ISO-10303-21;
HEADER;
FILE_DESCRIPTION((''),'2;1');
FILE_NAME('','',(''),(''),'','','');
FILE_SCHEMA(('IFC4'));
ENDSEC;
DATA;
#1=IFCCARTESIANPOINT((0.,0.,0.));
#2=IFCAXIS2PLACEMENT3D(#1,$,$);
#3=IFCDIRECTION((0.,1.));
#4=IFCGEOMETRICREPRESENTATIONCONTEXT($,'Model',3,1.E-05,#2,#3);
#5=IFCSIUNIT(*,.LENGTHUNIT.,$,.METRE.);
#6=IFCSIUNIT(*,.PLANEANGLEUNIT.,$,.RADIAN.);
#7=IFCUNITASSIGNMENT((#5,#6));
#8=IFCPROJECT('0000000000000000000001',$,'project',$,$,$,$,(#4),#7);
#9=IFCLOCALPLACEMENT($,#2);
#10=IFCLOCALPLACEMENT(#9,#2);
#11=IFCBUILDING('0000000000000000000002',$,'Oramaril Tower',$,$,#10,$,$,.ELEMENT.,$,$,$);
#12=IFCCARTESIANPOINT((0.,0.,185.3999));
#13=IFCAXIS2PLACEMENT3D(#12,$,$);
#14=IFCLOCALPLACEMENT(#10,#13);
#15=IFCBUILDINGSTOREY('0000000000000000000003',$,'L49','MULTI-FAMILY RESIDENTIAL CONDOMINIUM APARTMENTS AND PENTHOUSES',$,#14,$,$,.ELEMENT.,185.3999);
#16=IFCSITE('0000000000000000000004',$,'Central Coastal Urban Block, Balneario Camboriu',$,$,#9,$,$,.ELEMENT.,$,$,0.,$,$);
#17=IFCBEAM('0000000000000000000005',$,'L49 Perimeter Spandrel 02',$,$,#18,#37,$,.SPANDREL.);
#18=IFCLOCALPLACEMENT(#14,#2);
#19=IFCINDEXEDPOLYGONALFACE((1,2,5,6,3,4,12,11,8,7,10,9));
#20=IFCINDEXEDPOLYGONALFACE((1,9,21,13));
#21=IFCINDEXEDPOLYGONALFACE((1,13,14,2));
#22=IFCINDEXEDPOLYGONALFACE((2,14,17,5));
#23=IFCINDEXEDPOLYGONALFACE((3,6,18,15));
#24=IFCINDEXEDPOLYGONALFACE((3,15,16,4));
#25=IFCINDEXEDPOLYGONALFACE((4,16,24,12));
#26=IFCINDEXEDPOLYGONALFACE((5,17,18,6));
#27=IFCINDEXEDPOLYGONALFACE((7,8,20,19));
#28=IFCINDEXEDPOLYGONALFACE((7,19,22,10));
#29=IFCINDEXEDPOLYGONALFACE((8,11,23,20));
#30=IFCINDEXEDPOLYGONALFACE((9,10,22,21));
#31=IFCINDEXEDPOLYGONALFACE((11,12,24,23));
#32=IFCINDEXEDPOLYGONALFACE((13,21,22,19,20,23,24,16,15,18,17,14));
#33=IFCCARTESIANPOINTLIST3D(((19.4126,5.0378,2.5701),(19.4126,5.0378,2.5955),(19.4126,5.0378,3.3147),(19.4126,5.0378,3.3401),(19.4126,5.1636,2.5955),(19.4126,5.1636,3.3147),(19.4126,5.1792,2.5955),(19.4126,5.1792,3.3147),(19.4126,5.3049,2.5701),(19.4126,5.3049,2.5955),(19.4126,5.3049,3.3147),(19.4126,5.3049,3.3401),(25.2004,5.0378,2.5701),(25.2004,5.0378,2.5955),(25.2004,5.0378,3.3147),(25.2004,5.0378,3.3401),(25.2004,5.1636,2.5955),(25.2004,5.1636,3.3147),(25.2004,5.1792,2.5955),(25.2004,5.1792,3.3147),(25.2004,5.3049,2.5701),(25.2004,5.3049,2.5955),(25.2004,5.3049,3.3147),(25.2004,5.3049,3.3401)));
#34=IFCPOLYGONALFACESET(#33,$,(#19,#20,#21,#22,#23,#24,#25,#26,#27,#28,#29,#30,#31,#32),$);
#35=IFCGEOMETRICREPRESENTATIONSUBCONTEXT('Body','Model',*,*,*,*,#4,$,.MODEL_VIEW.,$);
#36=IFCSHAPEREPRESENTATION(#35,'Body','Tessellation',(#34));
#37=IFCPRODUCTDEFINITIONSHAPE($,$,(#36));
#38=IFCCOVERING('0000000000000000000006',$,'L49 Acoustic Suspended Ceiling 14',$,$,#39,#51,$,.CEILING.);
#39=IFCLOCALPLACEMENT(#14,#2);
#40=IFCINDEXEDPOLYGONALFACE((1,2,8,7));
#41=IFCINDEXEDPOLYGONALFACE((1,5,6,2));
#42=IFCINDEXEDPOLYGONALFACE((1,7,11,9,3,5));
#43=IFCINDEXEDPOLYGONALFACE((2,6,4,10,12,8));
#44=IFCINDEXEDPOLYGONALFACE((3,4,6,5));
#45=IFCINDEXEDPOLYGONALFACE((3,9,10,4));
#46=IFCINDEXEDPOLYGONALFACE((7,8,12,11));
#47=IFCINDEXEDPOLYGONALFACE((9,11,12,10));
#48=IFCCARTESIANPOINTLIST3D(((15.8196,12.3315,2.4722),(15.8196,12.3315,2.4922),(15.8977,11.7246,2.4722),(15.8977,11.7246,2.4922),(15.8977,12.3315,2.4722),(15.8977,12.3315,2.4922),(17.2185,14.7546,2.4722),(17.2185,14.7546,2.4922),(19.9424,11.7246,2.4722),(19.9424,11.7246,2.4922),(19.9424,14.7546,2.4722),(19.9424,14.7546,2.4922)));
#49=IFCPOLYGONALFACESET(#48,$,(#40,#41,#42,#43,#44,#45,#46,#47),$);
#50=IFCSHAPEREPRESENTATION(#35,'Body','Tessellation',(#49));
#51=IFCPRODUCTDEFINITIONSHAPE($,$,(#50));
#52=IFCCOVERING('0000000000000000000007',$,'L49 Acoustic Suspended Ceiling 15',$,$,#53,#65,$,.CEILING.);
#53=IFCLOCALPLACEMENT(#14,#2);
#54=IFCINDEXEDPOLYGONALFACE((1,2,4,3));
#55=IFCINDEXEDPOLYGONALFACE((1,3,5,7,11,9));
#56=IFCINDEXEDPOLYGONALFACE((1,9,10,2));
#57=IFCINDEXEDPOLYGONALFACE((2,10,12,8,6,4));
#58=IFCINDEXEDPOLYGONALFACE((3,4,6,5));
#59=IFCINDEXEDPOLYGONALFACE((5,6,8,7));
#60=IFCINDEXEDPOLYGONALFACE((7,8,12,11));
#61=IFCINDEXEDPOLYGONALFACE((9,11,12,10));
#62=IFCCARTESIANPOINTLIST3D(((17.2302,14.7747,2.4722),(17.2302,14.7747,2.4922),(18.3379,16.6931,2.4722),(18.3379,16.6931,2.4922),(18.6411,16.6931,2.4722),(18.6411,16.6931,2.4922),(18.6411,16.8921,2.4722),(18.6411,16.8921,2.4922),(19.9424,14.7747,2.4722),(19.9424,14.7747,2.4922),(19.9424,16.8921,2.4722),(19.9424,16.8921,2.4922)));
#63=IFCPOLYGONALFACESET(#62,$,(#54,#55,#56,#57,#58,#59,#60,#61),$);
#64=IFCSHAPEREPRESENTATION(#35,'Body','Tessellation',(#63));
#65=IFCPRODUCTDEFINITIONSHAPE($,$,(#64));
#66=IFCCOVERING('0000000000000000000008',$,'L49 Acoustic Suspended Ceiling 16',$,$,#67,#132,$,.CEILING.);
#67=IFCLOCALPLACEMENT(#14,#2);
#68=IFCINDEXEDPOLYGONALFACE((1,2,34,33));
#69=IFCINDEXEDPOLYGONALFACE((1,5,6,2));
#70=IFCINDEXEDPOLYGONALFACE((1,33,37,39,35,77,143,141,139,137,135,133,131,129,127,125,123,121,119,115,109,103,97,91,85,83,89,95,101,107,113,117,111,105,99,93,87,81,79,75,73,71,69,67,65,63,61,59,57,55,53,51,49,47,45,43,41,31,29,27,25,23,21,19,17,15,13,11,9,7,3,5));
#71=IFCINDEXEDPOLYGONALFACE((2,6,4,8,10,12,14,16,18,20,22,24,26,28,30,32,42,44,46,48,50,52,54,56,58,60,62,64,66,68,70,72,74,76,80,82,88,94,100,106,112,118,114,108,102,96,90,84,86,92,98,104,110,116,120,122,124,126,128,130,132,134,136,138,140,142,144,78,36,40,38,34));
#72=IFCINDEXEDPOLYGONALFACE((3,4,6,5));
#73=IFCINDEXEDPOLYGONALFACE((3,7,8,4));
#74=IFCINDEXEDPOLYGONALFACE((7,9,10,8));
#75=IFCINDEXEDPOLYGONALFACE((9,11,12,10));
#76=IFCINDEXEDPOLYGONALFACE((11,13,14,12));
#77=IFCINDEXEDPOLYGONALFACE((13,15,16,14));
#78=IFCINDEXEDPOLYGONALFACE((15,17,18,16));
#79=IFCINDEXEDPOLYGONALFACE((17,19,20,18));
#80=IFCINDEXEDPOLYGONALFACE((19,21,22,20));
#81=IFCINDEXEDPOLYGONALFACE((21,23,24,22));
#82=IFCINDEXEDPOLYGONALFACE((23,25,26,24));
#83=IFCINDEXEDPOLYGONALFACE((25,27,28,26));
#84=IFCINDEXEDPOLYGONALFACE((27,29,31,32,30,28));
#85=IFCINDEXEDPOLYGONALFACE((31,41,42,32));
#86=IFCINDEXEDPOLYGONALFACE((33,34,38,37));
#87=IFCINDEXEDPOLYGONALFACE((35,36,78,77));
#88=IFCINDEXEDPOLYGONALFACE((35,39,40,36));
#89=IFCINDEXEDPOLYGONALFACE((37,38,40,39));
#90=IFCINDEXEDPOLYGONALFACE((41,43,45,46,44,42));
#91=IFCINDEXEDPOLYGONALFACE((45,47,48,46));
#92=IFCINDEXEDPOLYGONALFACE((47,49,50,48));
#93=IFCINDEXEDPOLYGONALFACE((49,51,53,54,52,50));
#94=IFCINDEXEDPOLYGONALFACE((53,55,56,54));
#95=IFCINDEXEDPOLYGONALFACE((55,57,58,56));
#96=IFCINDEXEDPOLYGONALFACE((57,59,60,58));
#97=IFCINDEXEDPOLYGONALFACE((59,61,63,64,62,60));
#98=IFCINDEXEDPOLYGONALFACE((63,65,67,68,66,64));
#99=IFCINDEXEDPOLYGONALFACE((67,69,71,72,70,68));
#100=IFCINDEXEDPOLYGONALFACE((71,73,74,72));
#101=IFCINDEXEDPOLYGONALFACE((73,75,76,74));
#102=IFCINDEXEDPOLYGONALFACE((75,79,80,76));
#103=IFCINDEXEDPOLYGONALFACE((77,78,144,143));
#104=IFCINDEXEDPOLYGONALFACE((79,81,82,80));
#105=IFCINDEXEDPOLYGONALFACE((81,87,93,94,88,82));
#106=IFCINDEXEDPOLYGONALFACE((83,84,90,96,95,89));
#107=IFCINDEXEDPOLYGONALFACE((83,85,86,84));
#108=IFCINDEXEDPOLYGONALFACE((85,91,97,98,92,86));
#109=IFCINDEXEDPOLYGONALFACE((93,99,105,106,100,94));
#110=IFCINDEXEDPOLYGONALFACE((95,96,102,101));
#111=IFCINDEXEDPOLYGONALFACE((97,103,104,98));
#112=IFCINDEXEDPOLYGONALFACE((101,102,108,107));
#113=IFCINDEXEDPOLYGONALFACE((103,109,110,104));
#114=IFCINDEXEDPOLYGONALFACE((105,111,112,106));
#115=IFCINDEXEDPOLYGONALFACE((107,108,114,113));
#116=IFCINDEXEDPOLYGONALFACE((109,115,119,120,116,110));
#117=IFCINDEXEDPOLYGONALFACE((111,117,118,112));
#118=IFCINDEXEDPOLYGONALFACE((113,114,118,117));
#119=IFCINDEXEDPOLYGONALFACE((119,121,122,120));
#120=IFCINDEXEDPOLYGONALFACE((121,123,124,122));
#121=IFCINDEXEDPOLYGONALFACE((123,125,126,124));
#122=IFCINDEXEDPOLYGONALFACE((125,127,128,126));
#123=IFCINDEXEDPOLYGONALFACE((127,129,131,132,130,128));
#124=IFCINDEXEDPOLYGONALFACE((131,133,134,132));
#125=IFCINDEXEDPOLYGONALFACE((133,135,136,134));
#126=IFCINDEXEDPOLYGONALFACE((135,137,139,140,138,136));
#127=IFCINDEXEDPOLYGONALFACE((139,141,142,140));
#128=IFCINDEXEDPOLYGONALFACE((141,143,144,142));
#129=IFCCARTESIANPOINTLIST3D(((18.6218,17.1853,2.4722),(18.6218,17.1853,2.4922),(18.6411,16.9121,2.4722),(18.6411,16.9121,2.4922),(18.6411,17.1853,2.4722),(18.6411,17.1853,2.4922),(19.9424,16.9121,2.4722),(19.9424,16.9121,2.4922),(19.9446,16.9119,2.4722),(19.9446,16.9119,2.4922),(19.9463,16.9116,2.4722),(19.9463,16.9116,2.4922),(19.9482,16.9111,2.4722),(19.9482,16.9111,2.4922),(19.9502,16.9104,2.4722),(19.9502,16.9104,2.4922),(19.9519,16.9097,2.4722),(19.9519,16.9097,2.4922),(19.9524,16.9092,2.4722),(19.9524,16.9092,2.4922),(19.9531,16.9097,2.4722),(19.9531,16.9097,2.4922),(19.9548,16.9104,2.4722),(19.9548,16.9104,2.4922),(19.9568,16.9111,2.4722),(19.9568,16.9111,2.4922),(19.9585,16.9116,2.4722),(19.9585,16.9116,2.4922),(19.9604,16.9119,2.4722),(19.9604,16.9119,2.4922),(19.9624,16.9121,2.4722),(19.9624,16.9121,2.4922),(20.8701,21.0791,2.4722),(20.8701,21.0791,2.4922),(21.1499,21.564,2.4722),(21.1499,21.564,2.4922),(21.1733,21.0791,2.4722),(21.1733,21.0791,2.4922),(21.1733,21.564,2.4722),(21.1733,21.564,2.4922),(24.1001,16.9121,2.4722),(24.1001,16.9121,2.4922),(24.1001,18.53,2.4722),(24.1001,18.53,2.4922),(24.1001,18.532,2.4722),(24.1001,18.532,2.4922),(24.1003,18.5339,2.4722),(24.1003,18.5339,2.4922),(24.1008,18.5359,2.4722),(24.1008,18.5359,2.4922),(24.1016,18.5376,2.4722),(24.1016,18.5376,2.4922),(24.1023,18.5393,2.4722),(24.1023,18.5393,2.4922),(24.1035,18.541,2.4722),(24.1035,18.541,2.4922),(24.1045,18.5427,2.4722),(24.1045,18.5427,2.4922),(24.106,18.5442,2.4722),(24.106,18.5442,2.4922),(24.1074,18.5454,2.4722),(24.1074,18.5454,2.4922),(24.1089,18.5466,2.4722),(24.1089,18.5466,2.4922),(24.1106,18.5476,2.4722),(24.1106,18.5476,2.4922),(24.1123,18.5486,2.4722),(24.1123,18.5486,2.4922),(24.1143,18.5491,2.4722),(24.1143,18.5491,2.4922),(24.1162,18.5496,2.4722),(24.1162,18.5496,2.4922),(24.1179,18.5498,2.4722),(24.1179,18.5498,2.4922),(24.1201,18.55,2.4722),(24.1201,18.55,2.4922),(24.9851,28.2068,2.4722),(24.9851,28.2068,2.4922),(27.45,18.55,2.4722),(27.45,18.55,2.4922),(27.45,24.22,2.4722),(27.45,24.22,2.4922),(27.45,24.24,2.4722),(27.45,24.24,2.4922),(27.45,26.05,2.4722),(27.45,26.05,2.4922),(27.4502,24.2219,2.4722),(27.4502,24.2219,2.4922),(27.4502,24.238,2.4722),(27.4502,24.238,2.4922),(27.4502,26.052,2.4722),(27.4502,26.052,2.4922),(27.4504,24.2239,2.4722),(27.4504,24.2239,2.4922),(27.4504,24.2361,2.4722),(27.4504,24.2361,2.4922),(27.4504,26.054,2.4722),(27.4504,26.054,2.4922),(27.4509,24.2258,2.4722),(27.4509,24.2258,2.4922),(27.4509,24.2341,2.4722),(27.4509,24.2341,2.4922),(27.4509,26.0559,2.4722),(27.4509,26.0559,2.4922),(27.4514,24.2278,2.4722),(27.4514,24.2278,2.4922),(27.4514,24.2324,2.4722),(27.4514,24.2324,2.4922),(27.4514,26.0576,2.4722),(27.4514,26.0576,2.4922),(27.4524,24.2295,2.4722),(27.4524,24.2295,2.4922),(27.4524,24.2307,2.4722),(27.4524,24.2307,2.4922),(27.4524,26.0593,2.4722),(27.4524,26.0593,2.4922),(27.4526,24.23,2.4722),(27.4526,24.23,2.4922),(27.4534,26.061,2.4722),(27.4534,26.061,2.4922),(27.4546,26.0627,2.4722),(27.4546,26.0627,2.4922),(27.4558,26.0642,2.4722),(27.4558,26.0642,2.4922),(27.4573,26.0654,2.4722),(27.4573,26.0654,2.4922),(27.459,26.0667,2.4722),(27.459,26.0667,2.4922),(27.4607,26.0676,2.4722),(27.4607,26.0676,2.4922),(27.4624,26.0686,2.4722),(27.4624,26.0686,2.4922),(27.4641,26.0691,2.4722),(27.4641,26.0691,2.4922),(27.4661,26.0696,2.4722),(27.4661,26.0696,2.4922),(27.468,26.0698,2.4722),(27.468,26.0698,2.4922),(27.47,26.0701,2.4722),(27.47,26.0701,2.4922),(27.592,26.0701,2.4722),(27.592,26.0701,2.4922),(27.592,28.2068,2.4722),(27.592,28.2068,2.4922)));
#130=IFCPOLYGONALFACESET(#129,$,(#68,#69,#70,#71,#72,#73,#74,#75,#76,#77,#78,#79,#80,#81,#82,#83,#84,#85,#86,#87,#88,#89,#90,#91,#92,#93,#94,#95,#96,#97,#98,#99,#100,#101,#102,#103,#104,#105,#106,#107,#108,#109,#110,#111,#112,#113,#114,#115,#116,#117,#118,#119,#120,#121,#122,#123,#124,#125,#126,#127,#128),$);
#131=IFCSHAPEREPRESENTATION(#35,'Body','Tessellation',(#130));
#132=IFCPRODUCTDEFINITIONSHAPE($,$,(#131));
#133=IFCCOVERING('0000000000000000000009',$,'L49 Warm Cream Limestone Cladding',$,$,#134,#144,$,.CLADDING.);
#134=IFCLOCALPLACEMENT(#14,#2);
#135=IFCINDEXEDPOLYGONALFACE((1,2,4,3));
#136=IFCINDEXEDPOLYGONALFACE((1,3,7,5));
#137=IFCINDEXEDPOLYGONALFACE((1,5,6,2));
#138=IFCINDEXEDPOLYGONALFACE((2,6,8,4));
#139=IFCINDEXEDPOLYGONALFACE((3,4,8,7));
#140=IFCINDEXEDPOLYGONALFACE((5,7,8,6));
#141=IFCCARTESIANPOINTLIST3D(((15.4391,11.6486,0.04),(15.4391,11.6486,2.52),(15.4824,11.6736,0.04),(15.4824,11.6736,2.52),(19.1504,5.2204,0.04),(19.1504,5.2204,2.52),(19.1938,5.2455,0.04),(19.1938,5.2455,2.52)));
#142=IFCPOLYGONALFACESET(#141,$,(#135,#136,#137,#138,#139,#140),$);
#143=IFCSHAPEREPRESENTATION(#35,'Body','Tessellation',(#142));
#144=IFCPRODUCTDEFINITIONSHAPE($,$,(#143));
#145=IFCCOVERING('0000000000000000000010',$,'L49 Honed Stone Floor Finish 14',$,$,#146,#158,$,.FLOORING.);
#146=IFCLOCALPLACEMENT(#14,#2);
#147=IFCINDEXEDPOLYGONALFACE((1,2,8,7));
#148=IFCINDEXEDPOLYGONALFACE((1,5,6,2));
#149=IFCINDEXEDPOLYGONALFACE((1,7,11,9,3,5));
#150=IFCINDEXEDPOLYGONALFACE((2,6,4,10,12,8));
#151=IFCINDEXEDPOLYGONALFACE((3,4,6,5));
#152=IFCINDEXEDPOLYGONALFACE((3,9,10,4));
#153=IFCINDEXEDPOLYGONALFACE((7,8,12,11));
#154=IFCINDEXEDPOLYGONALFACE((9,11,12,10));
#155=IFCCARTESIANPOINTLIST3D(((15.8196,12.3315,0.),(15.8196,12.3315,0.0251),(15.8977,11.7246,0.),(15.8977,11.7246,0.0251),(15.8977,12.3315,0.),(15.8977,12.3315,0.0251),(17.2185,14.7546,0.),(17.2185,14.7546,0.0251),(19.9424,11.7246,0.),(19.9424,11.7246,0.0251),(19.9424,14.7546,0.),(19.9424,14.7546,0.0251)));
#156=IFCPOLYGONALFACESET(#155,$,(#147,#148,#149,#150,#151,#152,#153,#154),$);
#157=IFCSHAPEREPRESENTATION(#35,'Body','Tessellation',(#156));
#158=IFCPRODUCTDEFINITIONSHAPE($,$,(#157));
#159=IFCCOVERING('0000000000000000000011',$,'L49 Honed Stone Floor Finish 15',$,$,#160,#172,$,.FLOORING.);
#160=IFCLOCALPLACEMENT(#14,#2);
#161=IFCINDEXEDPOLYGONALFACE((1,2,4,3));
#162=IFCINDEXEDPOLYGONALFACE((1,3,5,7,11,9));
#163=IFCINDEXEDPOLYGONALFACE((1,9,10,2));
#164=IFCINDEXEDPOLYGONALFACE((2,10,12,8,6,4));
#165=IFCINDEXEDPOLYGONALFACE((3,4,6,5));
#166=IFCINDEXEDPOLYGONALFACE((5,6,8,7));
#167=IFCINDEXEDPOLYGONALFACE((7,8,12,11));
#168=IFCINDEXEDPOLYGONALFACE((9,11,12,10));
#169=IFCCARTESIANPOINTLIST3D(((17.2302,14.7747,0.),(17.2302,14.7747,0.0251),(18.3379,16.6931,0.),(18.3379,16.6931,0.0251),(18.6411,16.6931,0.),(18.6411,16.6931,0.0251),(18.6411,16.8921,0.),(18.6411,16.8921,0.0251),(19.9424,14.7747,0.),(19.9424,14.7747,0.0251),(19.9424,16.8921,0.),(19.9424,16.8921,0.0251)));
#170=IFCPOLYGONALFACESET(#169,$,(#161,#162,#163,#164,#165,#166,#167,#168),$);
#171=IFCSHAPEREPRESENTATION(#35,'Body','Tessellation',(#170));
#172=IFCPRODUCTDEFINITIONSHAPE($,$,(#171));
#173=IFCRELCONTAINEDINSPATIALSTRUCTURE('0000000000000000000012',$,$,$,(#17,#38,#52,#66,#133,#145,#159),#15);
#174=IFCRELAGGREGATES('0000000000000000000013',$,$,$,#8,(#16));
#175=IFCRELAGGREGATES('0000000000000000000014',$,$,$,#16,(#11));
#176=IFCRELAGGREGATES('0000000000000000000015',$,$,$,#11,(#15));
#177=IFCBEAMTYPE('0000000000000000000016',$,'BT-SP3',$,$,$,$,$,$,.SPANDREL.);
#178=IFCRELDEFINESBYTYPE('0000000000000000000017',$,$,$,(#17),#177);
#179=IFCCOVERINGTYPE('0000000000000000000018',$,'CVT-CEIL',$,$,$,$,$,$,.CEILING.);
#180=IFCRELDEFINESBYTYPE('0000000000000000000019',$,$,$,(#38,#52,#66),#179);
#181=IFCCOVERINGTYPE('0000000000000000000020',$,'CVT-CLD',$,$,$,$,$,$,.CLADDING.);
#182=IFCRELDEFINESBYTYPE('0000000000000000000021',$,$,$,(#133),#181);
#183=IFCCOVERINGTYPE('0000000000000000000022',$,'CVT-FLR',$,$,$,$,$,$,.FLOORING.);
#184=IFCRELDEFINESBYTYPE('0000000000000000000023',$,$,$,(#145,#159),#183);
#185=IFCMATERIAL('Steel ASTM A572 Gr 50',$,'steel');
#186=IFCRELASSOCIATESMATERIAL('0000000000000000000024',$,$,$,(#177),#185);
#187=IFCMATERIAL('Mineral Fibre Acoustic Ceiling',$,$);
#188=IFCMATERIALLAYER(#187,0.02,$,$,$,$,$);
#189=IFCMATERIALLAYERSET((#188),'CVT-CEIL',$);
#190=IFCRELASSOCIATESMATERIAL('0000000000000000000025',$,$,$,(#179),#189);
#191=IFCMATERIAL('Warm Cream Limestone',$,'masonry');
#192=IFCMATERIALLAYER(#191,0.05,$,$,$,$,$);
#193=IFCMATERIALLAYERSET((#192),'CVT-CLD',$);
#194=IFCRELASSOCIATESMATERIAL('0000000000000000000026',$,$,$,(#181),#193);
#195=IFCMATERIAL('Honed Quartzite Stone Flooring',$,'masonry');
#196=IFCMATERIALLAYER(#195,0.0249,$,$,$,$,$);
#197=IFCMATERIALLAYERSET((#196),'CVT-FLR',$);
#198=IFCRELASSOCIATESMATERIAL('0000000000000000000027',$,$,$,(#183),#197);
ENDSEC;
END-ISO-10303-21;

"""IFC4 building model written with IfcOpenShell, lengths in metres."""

from ifc_helpers import new_model, si_unit, direction, frame, origin, origin_2d, place, context, subcontext, project, spatial, polyline, rectangle, i_section, outline, extrude, material, layer, layer_set, material_profile, profile_set, type_object, element, save


model = new_model("IFC4")

# Units and contexts
model_context = context("Model", 3, precision=1e-05, world=origin(), true_north=direction((0.0, 1.0)))
body_context = subcontext(model_context, "Body", "Model", "MODEL_VIEW")
ifc_project = project(units=[si_unit("LENGTHUNIT", "METRE"), si_unit("PLANEANGLEUNIT", "RADIAN")], contexts=[model_context])

# Site, building, storey
site_placement = place(None, origin())
site = spatial("IfcSite", under=ifc_project, at=site_placement, Name="Central Coastal Urban Block, Balneario Camboriu", CompositionType="ELEMENT", RefElevation=0.0)
building_placement = place(site_placement, origin())
building = spatial("IfcBuilding", under=site, at=building_placement, Name="Oramaril Tower", CompositionType="ELEMENT")
storey_placement = place(building_placement, frame((0.0, 0.0, 185.3999)))
storey = spatial("IfcBuildingStorey", under=building, at=storey_placement, Name="L49", Description="MULTI-FAMILY RESIDENTIAL CONDOMINIUM APARTMENTS AND PENTHOUSES", CompositionType="ELEMENT", Elevation=185.3999)

# Beam
ifc_material_1 = material(Name="Steel ASTM A572 Gr 50", Category="steel")
ifc_material_profile = material_profile(ifc_material_1, i_section(OverallWidth=0.2671, OverallDepth=0.77, WebThickness=0.0156, FlangeThickness=0.0254, at=origin_2d()), Name="W30X132")
ifc_profile_set = profile_set([ifc_material_profile], Name="Steel ASTM A572 Gr 50")
beam_type = type_object("IfcBeamType", Name="BT-SP3", PredefinedType="SPANDREL", material=ifc_profile_set)
beam_placement = place(storey_placement, frame((19.4126, 5.1714, 2.9551), z_axis=(1.0, 0.0, 0.0), x_axis=(0.0, 1.0, 0.0)))
element("IfcBeam", 1, at=beam_placement, inside=storey, type_object=beam_type, Name="L49 Perimeter Spandrel 02", PredefinedType="SPANDREL", context=body_context, shape_type="SweptSolid", body=[
    extrude(i_section(OverallWidth=0.2671, OverallDepth=0.77, WebThickness=0.0156, FlangeThickness=0.0254, at=origin_2d()), origin(), (0.0, 0.0, 1.0), 5.7878),
])

# Coverings
ifc_material_2 = material(Name="Mineral Fibre Acoustic Ceiling")
ifc_layer_1 = layer(ifc_material_2, 0.02)
ifc_layer_set_1 = layer_set([ifc_layer_1], Name="CVT-CEIL")
covering_type_1 = type_object("IfcCoveringType", Name="CVT-CEIL", PredefinedType="CEILING", material=ifc_layer_set_1)
covering_1_placement = place(storey_placement, frame((0.0, 0.0, 2.4722)))
element("IfcCovering", 2, at=covering_1_placement, inside=storey, type_object=covering_type_1, Name="L49 Acoustic Suspended Ceiling 14", PredefinedType="CEILING", context=body_context, shape_type="SweptSolid", body=[
    extrude(outline(polyline([(19.9424, 14.7546), (19.9424, 11.7246), (15.8977, 11.7246), (15.8977, 12.3315), (15.8196, 12.3315), (17.2185, 14.7546), (19.9424, 14.7546)])), origin(), (0.0, 0.0, 1.0), 0.02),
])
covering_2_placement = place(storey_placement, frame((0.0, 0.0, 2.4722)))
element("IfcCovering", 3, at=covering_2_placement, inside=storey, type_object=covering_type_1, Name="L49 Acoustic Suspended Ceiling 15", PredefinedType="CEILING", context=body_context, shape_type="SweptSolid", body=[
    extrude(outline(polyline([(18.3379, 16.6931), (18.6411, 16.6931), (18.6411, 16.8921), (19.9424, 16.8921), (19.9424, 14.7747), (17.2302, 14.7747), (18.3379, 16.6931)])), origin(), (0.0, 0.0, 1.0), 0.02),
])
covering_3_placement = place(storey_placement, frame((0.0, 0.0, 2.4722)))
element("IfcCovering", 4, at=covering_3_placement, inside=storey, type_object=covering_type_1, Name="L49 Acoustic Suspended Ceiling 16", PredefinedType="CEILING", context=body_context, shape_type="SweptSolid", body=[
    extrude(outline(polyline([(18.6411, 17.1853), (18.6218, 17.1853), (20.8701, 21.0791), (21.1733, 21.0791), (21.1733, 21.564), (21.1499, 21.564), (24.9851, 28.2068), (27.592, 28.2068), (27.592, 26.0701), (27.47, 26.0701), (27.468, 26.0698), (27.4661, 26.0696), (27.4641, 26.0691), (27.4624, 26.0686), (27.4607, 26.0676), (27.459, 26.0667), (27.4573, 26.0654), (27.4558, 26.0642), (27.4546, 26.0627), (27.4534, 26.061), (27.4524, 26.0593), (27.4514, 26.0576), (27.4509, 26.0559), (27.4504, 26.054), (27.4502, 26.052), (27.45, 26.05), (27.45, 24.24), (27.4502, 24.238), (27.4504, 24.2361), (27.4509, 24.2341), (27.4514, 24.2324), (27.4524, 24.2307), (27.4526, 24.23), (27.4524, 24.2295), (27.4514, 24.2278), (27.4509, 24.2258), (27.4504, 24.2239), (27.4502, 24.2219), (27.45, 24.22), (27.45, 18.55), (24.1201, 18.55), (24.1179, 18.5498), (24.1162, 18.5496), (24.1143, 18.5491), (24.1123, 18.5486), (24.1106, 18.5476), (24.1089, 18.5466), (24.1074, 18.5454), (24.106, 18.5442), (24.1045, 18.5427), (24.1035, 18.541), (24.1023, 18.5393), (24.1016, 18.5376), (24.1008, 18.5359), (24.1003, 18.5339), (24.1001, 18.532), (24.1001, 18.53), (24.1001, 16.9121), (19.9624, 16.9121), (19.9604, 16.9119), (19.9585, 16.9116), (19.9568, 16.9111), (19.9548, 16.9104), (19.9531, 16.9097), (19.9524, 16.9092), (19.9519, 16.9097), (19.9502, 16.9104), (19.9482, 16.9111), (19.9463, 16.9116), (19.9446, 16.9119), (19.9424, 16.9121), (18.6411, 16.9121), (18.6411, 17.1853)])), origin(), (0.0, 0.0, 1.0), 0.02),
])
ifc_material_3 = material(Name="Warm Cream Limestone", Category="masonry")
ifc_layer_2 = layer(ifc_material_3, 0.05)
ifc_layer_set_2 = layer_set([ifc_layer_2], Name="CVT-CLD")
covering_type_2 = type_object("IfcCoveringType", Name="CVT-CLD", PredefinedType="CLADDING", material=ifc_layer_set_2)
covering_4_placement = place(storey_placement, frame((17.3164, 8.447, 0.04), z_axis=(0.0, 0.0, 1.0), x_axis=(0.500008, -0.866021, 0.0)))
element("IfcCovering", 5, at=covering_4_placement, inside=storey, type_object=covering_type_2, Name="L49 Warm Cream Limestone Cladding", PredefinedType="CLADDING", context=body_context, shape_type="SweptSolid", body=[
    extrude(rectangle(XDim=7.4226, YDim=0.05, at=origin_2d()), origin(), (0.0, 0.0, 1.0), 2.48),
])
ifc_material_4 = material(Name="Honed Quartzite Stone Flooring", Category="masonry")
ifc_layer_3 = layer(ifc_material_4, 0.0249)
ifc_layer_set_3 = layer_set([ifc_layer_3], Name="CVT-FLR")
covering_type_3 = type_object("IfcCoveringType", Name="CVT-FLR", PredefinedType="FLOORING", material=ifc_layer_set_3)
covering_5_placement = place(storey_placement, origin())
element("IfcCovering", 6, at=covering_5_placement, inside=storey, type_object=covering_type_3, Name="L49 Honed Stone Floor Finish 14", PredefinedType="FLOORING", context=body_context, shape_type="SweptSolid", body=[
    extrude(outline(polyline([(19.9424, 14.7546), (19.9424, 11.7246), (15.8977, 11.7246), (15.8977, 12.3315), (15.8196, 12.3315), (17.2185, 14.7546), (19.9424, 14.7546)])), origin(), (0.0, 0.0, 1.0), 0.0251),
])
covering_6_placement = place(storey_placement, origin())
element("IfcCovering", 7, at=covering_6_placement, inside=storey, type_object=covering_type_3, Name="L49 Honed Stone Floor Finish 15", PredefinedType="FLOORING", context=body_context, shape_type="SweptSolid", body=[
    extrude(outline(polyline([(18.3379, 16.6931), (18.6411, 16.6931), (18.6411, 16.8921), (19.9424, 16.8921), (19.9424, 14.7747), (17.2302, 14.7747), (18.3379, 16.6931)])), origin(), (0.0, 0.0, 1.0), 0.0251),
])

save(model, "model.ifc")
